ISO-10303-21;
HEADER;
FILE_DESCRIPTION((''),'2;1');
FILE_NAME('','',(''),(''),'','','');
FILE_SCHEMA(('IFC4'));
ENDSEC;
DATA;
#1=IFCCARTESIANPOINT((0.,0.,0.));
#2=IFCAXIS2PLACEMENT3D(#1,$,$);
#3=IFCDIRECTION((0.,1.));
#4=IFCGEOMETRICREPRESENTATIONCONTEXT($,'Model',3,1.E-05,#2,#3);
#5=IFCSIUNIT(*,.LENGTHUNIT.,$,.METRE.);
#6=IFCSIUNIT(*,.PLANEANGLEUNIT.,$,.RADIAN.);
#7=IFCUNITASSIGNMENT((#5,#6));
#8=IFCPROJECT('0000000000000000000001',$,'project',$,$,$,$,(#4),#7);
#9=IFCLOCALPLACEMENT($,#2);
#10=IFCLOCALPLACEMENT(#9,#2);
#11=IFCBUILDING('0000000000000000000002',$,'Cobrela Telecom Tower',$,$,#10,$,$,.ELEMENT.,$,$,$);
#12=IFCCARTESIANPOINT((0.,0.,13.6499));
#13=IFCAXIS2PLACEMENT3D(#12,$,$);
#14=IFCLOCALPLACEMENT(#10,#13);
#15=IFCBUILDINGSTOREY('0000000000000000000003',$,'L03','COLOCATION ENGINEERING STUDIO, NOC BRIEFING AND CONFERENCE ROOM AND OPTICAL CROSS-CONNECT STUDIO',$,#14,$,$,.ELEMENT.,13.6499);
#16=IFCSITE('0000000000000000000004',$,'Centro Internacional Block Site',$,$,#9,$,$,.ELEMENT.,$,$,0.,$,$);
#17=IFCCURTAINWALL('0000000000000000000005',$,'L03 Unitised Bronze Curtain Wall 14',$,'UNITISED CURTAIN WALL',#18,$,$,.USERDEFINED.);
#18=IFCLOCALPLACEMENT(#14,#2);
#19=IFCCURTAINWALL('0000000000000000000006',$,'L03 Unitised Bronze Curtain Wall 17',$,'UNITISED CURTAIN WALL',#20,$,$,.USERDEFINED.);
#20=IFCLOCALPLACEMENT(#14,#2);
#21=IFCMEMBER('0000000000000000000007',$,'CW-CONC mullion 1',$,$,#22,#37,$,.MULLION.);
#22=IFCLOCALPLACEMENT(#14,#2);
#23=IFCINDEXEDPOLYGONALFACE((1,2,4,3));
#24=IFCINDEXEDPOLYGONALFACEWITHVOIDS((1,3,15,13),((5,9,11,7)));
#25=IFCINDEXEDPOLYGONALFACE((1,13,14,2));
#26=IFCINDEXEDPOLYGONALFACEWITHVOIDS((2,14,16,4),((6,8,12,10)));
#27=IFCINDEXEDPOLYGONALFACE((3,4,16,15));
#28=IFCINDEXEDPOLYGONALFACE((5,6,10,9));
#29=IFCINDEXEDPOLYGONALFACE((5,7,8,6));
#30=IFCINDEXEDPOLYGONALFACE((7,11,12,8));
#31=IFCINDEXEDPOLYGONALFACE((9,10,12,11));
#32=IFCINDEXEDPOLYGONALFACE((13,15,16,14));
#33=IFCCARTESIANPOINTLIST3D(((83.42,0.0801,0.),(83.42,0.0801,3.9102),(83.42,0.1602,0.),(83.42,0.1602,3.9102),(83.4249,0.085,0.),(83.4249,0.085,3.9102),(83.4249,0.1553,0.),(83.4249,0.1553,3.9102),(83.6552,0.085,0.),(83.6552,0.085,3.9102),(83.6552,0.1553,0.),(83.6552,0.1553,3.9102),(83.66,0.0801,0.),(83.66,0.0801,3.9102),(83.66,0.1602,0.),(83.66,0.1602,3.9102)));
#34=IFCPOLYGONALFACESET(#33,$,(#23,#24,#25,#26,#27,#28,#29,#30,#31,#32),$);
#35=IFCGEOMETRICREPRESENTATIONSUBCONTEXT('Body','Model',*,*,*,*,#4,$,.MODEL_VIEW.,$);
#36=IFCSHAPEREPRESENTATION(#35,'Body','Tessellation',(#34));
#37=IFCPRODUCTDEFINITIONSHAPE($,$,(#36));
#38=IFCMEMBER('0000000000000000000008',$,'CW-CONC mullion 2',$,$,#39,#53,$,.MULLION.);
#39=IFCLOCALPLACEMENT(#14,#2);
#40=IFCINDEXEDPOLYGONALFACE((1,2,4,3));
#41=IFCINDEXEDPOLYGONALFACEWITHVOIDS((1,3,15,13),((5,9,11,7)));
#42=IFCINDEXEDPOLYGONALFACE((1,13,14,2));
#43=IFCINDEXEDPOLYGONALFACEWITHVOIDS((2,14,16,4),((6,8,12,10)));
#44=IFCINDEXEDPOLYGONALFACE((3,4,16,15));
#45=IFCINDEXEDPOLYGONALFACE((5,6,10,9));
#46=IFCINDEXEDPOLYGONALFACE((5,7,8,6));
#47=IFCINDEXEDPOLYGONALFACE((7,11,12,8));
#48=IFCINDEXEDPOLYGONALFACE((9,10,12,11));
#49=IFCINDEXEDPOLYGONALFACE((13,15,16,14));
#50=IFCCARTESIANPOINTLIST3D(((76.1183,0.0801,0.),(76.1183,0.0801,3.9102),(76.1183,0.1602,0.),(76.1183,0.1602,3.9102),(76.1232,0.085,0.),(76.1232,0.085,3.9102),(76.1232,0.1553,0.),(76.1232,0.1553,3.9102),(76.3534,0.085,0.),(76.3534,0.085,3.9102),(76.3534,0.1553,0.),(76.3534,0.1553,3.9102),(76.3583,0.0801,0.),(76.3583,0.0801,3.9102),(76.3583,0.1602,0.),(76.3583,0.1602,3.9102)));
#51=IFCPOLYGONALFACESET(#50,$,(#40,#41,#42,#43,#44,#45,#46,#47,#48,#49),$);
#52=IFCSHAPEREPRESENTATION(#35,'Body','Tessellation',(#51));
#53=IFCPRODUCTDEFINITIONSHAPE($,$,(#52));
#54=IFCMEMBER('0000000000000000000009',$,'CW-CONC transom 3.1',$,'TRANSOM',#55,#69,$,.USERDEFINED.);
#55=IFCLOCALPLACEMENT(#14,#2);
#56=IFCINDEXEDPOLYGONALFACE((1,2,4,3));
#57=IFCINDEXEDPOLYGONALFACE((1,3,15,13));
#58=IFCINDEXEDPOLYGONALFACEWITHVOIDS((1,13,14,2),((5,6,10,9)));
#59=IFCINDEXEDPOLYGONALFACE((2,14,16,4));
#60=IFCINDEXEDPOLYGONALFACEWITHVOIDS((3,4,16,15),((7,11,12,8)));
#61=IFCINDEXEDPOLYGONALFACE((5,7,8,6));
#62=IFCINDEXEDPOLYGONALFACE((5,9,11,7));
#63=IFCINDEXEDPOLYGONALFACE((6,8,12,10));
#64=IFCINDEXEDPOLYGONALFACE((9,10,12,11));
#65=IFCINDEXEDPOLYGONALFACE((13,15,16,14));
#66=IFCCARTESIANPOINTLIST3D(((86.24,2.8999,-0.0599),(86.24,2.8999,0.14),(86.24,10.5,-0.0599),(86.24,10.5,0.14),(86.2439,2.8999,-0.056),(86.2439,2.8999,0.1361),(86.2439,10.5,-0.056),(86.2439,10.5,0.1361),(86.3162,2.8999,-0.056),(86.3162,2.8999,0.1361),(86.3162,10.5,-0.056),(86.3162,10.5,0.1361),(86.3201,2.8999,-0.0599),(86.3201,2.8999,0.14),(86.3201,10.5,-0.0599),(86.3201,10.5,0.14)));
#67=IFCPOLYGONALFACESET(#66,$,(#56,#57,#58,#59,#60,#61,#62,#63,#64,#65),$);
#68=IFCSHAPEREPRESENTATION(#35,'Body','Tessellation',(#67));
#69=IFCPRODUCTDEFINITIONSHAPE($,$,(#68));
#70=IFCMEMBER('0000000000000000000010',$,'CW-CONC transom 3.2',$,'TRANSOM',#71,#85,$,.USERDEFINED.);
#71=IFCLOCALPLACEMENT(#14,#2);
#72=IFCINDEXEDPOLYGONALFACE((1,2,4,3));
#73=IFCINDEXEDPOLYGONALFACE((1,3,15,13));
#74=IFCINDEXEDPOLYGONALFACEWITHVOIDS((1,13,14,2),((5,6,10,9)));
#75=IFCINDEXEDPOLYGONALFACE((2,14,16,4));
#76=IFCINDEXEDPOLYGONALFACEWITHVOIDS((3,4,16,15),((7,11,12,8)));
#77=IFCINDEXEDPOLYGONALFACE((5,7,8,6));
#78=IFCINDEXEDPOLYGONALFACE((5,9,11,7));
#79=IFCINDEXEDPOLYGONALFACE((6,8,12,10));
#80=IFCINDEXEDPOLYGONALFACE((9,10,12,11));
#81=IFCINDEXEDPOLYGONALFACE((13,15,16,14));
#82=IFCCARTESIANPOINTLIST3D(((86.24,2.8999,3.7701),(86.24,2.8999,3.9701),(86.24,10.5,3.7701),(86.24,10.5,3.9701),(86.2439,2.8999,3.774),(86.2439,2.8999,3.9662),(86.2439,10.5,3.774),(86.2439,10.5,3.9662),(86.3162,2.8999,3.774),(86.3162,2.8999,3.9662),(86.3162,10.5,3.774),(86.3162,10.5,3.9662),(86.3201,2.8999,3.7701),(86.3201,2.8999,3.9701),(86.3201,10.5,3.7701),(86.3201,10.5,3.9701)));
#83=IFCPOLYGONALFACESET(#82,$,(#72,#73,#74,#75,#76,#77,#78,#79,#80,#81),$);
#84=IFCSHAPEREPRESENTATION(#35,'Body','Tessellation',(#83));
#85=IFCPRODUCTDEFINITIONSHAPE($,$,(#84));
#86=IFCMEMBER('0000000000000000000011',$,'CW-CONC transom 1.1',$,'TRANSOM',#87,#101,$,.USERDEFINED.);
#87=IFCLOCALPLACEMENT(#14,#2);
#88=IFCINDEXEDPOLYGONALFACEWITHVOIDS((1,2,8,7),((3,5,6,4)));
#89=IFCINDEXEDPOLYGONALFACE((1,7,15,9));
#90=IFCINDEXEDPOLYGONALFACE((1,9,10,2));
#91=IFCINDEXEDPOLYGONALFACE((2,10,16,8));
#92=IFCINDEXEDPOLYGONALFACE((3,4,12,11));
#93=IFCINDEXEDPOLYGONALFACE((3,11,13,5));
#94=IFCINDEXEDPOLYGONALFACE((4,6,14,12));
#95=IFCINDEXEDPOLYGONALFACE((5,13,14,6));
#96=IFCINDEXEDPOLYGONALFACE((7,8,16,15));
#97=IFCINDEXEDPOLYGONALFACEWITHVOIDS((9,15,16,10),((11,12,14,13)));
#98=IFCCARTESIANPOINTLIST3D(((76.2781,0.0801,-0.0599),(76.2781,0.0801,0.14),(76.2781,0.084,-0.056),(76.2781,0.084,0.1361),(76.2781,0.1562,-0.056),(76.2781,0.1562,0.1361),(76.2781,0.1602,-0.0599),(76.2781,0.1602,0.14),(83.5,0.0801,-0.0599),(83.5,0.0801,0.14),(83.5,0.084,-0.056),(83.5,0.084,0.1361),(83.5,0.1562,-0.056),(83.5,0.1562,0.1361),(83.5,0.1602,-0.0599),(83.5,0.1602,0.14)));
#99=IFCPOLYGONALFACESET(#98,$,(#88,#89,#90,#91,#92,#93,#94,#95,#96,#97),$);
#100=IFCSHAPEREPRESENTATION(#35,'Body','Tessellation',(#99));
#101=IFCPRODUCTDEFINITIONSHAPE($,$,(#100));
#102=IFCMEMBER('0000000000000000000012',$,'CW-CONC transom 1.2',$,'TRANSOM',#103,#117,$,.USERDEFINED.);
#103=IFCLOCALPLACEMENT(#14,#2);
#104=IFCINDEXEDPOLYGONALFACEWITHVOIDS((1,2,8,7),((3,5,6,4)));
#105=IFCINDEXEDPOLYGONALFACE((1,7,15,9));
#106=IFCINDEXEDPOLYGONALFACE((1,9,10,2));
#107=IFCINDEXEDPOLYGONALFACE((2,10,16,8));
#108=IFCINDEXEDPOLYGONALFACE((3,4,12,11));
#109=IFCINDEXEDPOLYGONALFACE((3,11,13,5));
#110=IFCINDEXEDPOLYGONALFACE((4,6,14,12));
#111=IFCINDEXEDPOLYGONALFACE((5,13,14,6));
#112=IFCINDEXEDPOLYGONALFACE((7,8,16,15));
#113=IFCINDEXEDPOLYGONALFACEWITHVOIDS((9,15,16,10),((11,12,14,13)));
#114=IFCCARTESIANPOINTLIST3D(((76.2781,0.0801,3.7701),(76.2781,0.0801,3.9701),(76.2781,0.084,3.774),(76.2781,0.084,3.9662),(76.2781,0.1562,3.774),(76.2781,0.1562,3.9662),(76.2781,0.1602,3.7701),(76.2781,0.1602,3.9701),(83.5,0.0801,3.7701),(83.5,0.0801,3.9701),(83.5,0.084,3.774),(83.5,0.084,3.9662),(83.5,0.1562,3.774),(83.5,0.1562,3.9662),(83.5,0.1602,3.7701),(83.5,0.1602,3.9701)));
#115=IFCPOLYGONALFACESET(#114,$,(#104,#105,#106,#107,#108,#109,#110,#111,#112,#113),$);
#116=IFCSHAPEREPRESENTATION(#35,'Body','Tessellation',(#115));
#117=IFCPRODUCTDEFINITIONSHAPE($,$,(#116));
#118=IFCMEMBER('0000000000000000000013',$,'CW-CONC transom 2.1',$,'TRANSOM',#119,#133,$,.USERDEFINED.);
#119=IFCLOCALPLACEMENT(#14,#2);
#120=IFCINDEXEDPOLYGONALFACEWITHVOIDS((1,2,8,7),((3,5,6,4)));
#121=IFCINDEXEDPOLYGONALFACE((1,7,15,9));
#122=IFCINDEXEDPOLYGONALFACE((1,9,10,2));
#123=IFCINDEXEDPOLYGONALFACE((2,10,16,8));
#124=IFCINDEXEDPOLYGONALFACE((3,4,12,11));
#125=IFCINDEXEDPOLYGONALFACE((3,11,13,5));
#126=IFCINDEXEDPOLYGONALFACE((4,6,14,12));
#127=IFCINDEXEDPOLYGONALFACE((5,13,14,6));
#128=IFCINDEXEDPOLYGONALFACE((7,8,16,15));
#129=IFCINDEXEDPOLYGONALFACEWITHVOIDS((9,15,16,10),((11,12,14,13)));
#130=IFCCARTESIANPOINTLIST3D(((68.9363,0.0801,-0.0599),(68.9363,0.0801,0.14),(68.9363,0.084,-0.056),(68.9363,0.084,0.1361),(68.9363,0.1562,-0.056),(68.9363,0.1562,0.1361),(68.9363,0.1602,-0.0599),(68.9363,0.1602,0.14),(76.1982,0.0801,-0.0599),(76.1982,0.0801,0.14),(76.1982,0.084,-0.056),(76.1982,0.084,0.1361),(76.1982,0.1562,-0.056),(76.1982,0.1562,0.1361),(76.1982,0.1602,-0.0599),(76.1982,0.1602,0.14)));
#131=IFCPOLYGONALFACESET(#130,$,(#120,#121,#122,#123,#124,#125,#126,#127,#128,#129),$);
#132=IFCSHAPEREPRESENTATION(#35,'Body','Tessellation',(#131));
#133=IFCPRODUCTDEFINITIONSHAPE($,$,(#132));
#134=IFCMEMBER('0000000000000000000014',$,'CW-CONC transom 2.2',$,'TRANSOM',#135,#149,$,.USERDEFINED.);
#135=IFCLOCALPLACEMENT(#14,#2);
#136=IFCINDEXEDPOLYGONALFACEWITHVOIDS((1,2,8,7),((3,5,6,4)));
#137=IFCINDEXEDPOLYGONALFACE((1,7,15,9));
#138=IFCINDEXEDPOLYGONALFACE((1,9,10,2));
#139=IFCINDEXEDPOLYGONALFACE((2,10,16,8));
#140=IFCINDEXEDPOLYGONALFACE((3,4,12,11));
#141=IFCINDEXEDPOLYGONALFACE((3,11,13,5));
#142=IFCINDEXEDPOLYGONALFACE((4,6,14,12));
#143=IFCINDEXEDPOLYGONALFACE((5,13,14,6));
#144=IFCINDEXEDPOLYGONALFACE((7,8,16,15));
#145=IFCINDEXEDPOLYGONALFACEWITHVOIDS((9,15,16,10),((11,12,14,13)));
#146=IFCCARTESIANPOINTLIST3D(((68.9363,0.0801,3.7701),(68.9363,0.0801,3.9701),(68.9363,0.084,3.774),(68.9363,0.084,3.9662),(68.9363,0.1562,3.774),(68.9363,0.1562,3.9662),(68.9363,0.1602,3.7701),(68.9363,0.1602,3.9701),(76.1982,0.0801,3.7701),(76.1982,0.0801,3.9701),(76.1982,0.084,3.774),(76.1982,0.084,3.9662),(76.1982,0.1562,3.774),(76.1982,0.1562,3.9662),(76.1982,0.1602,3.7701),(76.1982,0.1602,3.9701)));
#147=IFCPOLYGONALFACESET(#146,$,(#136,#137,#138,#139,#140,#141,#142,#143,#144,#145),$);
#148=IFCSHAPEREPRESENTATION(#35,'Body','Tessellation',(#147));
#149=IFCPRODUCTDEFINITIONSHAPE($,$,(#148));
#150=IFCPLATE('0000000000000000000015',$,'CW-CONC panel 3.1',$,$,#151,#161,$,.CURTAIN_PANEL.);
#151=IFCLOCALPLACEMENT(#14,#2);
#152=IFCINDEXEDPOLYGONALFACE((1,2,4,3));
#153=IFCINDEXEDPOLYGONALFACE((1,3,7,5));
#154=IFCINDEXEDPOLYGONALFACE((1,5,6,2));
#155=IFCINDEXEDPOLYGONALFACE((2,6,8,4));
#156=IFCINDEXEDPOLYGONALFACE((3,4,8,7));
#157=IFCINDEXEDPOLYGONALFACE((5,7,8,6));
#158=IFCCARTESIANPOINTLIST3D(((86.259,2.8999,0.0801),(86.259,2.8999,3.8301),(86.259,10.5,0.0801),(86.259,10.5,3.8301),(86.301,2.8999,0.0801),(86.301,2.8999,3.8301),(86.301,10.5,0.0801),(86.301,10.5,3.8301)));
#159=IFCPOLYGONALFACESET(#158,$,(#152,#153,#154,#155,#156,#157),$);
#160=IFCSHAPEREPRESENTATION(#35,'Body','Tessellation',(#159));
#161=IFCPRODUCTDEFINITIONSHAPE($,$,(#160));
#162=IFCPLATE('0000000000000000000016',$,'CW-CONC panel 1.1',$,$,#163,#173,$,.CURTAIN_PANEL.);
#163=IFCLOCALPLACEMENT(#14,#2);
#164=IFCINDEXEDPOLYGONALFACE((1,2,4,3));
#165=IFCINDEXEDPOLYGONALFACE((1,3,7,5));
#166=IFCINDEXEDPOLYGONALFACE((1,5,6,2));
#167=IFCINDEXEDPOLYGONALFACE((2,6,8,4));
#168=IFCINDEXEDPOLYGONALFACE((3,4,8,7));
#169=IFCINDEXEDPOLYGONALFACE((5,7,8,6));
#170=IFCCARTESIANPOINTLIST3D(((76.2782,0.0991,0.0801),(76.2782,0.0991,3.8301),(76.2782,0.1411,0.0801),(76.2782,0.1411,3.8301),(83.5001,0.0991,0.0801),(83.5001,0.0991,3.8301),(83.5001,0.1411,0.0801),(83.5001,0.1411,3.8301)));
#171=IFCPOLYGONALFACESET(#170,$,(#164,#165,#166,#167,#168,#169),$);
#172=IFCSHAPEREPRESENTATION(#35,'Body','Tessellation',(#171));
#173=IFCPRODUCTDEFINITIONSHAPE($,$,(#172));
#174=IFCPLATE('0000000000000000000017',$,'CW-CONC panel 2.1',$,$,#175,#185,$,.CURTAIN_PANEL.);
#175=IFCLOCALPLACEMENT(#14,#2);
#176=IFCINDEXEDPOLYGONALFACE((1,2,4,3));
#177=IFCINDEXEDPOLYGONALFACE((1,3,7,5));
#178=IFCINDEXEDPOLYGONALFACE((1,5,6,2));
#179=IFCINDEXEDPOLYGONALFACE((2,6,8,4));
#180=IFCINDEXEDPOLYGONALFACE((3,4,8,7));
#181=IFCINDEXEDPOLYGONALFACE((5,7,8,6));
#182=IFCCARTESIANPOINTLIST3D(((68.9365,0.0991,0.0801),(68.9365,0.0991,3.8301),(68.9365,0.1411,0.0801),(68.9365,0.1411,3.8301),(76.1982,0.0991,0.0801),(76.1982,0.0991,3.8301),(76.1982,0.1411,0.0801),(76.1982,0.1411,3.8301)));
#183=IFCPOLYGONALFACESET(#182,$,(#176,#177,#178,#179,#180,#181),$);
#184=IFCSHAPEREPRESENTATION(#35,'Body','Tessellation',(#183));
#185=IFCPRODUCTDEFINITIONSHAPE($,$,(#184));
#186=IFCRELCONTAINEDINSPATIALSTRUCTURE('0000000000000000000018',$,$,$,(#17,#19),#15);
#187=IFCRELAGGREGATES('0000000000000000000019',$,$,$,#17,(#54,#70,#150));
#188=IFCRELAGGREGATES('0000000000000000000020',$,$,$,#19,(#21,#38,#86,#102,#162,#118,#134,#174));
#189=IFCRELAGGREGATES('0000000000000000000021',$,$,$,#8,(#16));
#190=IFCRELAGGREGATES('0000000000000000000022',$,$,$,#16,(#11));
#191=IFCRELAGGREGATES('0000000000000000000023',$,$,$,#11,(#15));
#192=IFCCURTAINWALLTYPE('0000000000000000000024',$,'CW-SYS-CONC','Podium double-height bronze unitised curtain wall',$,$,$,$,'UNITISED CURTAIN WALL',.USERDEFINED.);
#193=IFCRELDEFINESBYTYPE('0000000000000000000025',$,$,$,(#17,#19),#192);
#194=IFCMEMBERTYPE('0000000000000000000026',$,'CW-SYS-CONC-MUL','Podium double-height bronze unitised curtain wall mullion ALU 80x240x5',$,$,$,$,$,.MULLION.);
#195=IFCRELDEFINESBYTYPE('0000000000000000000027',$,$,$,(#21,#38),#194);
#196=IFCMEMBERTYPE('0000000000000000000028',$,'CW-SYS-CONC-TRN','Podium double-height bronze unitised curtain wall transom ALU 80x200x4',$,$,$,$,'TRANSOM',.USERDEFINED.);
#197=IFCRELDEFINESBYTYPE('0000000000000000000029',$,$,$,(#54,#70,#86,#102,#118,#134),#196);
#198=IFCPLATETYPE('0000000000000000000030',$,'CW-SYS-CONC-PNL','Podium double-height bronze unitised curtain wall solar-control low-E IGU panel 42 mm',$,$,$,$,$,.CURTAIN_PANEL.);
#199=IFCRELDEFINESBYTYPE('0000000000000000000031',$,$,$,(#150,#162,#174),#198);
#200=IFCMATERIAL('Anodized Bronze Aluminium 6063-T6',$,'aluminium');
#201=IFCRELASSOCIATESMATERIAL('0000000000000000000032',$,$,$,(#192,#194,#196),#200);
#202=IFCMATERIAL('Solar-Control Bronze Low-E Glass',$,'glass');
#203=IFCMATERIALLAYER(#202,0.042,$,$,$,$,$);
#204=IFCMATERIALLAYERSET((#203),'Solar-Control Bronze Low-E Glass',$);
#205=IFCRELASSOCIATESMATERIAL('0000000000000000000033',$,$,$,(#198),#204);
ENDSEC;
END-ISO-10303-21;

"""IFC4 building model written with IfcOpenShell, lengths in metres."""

from ifc_helpers import new_model, si_unit, direction, frame, origin, origin_2d, place, context, subcontext, project, spatial, rectangle, hollow_rectangle, extrude, material, layer, layer_set, material_profile, profile_set, type_object, element, aggregate, save


model = new_model("IFC4")

# Units and contexts
model_context = context("Model", 3, precision=1e-05, world=origin(), true_north=direction((0.0, 1.0)))
body_context = subcontext(model_context, "Body", "Model", "MODEL_VIEW")
ifc_project = project(units=[si_unit("LENGTHUNIT", "METRE"), si_unit("PLANEANGLEUNIT", "RADIAN")], contexts=[model_context])

# Site, building, storey
site_placement = place(None, origin())
site = spatial("IfcSite", under=ifc_project, at=site_placement, Name="Centro Internacional Block Site", CompositionType="ELEMENT", RefElevation=0.0)
building_placement = place(site_placement, origin())
building = spatial("IfcBuilding", under=site, at=building_placement, Name="Cobrela Telecom Tower", CompositionType="ELEMENT")
storey_placement = place(building_placement, frame((0.0, 0.0, 13.6499)))
storey = spatial("IfcBuildingStorey", under=building, at=storey_placement, Name="L03", Description="COLOCATION ENGINEERING STUDIO, NOC BRIEFING AND CONFERENCE ROOM AND OPTICAL CROSS-CONNECT STUDIO", CompositionType="ELEMENT", Elevation=13.6499)

# Curtain walls, members
ifc_material_1 = material(Name="Anodized Bronze Aluminium 6063-T6", Category="aluminium")
curtain_wall_type = type_object("IfcCurtainWallType", Name="CW-SYS-CONC", Description="Podium double-height bronze unitised curtain wall", ElementType="UNITISED CURTAIN WALL", PredefinedType="USERDEFINED", material=ifc_material_1)
curtain_wall_1_placement = place(storey_placement, origin())
curtain_wall_1 = element("IfcCurtainWall", 1, at=curtain_wall_1_placement, inside=storey, type_object=curtain_wall_type, Name="L03 Unitised Bronze Curtain Wall 14", ObjectType="UNITISED CURTAIN WALL", PredefinedType="USERDEFINED")
ifc_material_profile_1 = material_profile(ifc_material_1, hollow_rectangle(XDim=0.0801, YDim=0.24, WallThickness=0.0049, at=origin_2d()), Name="ALU 80x240x5")
ifc_profile_set_1 = profile_set([ifc_material_profile_1], Name="Anodized Bronze Aluminium 6063-T6")
member_type_1 = type_object("IfcMemberType", Name="CW-SYS-CONC-MUL", Description="Podium double-height bronze unitised curtain wall mullion ALU 80x240x5", PredefinedType="MULLION", material=ifc_profile_set_1)
curtain_wall_2_placement = place(storey_placement, origin())
curtain_wall_2 = element("IfcCurtainWall", 2, at=curtain_wall_2_placement, inside=storey, type_object=curtain_wall_type, Name="L03 Unitised Bronze Curtain Wall 17", ObjectType="UNITISED CURTAIN WALL", PredefinedType="USERDEFINED")
member_1_placement = place(storey_placement, frame((83.54, 0.1201, 0.0), z_axis=(0.0, 0.0, 1.0), x_axis=(0.0, -1.0, 0.0)))
member_1 = element("IfcMember", 3, at=member_1_placement, type_object=member_type_1, Name="CW-CONC mullion 1", PredefinedType="MULLION", context=body_context, shape_type="SweptSolid", body=[
    extrude(hollow_rectangle(XDim=0.0801, YDim=0.24, WallThickness=0.0049, at=origin_2d()), origin(), (0.0, 0.0, 1.0), 3.9102),
])
member_2_placement = place(storey_placement, frame((76.2383, 0.1201, 0.0), z_axis=(0.0, 0.0, 1.0), x_axis=(0.0, -1.0, 0.0)))
member_2 = element("IfcMember", 4, at=member_2_placement, type_object=member_type_1, Name="CW-CONC mullion 2", PredefinedType="MULLION", context=body_context, shape_type="SweptSolid", body=[
    extrude(hollow_rectangle(XDim=0.0801, YDim=0.24, WallThickness=0.0049, at=origin_2d()), origin(), (0.0, 0.0, 1.0), 3.9102),
])

# Members
ifc_material_profile_2 = material_profile(ifc_material_1, hollow_rectangle(XDim=0.0801, YDim=0.2, WallThickness=0.0039, at=origin_2d()), Name="ALU 80x200x4")
ifc_profile_set_2 = profile_set([ifc_material_profile_2], Name="Anodized Bronze Aluminium 6063-T6")
member_type_2 = type_object("IfcMemberType", Name="CW-SYS-CONC-TRN", Description="Podium double-height bronze unitised curtain wall transom ALU 80x200x4", ElementType="TRANSOM", PredefinedType="USERDEFINED", material=ifc_profile_set_2)
member_3_placement = place(storey_placement, frame((86.28, 10.5, 0.04), z_axis=(0.0, -1.0, 0.0), x_axis=(1.0, 0.0, 0.0)))
member_3 = element("IfcMember", 5, at=member_3_placement, type_object=member_type_2, Name="CW-CONC transom 3.1", ObjectType="TRANSOM", PredefinedType="USERDEFINED", context=body_context, shape_type="SweptSolid", body=[
    extrude(hollow_rectangle(XDim=0.0801, YDim=0.2, WallThickness=0.0039, at=origin_2d()), origin(), (0.0, 0.0, 1.0), 7.6001),
])
member_4_placement = place(storey_placement, frame((86.28, 10.5, 3.8701), z_axis=(0.0, -1.0, 0.0), x_axis=(1.0, 0.0, 0.0)))
member_4 = element("IfcMember", 6, at=member_4_placement, type_object=member_type_2, Name="CW-CONC transom 3.2", ObjectType="TRANSOM", PredefinedType="USERDEFINED", context=body_context, shape_type="SweptSolid", body=[
    extrude(hollow_rectangle(XDim=0.0801, YDim=0.2, WallThickness=0.0039, at=origin_2d()), origin(), (0.0, 0.0, 1.0), 7.6001),
])
member_5_placement = place(storey_placement, frame((83.5, 0.1201, 0.04), z_axis=(-1.0, 0.0, 0.0), x_axis=(0.0, -1.0, 0.0)))
member_5 = element("IfcMember", 7, at=member_5_placement, type_object=member_type_2, Name="CW-CONC transom 1.1", ObjectType="TRANSOM", PredefinedType="USERDEFINED", context=body_context, shape_type="SweptSolid", body=[
    extrude(hollow_rectangle(XDim=0.0801, YDim=0.2, WallThickness=0.0039, at=origin_2d()), origin(), (0.0, 0.0, 1.0), 7.2219),
])
member_6_placement = place(storey_placement, frame((83.5, 0.1201, 3.8701), z_axis=(-1.0, 0.0, 0.0), x_axis=(0.0, -1.0, 0.0)))
member_6 = element("IfcMember", 8, at=member_6_placement, type_object=member_type_2, Name="CW-CONC transom 1.2", ObjectType="TRANSOM", PredefinedType="USERDEFINED", context=body_context, shape_type="SweptSolid", body=[
    extrude(hollow_rectangle(XDim=0.0801, YDim=0.2, WallThickness=0.0039, at=origin_2d()), origin(), (0.0, 0.0, 1.0), 7.2219),
])
member_7_placement = place(storey_placement, frame((76.1982, 0.1201, 0.04), z_axis=(-1.0, 0.0, 0.0), x_axis=(0.0, -1.0, 0.0)))
member_7 = element("IfcMember", 9, at=member_7_placement, type_object=member_type_2, Name="CW-CONC transom 2.1", ObjectType="TRANSOM", PredefinedType="USERDEFINED", context=body_context, shape_type="SweptSolid", body=[
    extrude(hollow_rectangle(XDim=0.0801, YDim=0.2, WallThickness=0.0039, at=origin_2d()), origin(), (0.0, 0.0, 1.0), 7.262),
])
member_8_placement = place(storey_placement, frame((76.1982, 0.1201, 3.8701), z_axis=(-1.0, 0.0, 0.0), x_axis=(0.0, -1.0, 0.0)))
member_8 = element("IfcMember", 10, at=member_8_placement, type_object=member_type_2, Name="CW-CONC transom 2.2", ObjectType="TRANSOM", PredefinedType="USERDEFINED", context=body_context, shape_type="SweptSolid", body=[
    extrude(hollow_rectangle(XDim=0.0801, YDim=0.2, WallThickness=0.0039, at=origin_2d()), origin(), (0.0, 0.0, 1.0), 7.262),
])

# Plates
ifc_material_2 = material(Name="Solar-Control Bronze Low-E Glass", Category="glass")
ifc_layer_1 = layer(ifc_material_2, 0.042)
ifc_layer_set_1 = layer_set([ifc_layer_1], Name="Solar-Control Bronze Low-E Glass")
plate_type = type_object("IfcPlateType", Name="CW-SYS-CONC-PNL", Description="Podium double-height bronze unitised curtain wall solar-control low-E IGU panel 42 mm", PredefinedType="CURTAIN_PANEL", material=ifc_layer_set_1)
plate_1_placement = place(storey_placement, frame((86.28, 6.7, 0.0801), z_axis=(0.0, 0.0, 1.0), x_axis=(0.0, -1.0, 0.0)))
plate_1 = element("IfcPlate", 11, at=plate_1_placement, type_object=plate_type, Name="CW-CONC panel 3.1", PredefinedType="CURTAIN_PANEL", context=body_context, shape_type="SweptSolid", body=[
    extrude(rectangle(XDim=7.6001, YDim=0.042, at=origin_2d()), origin(), (0.0, 0.0, 1.0), 3.75),
])
aggregate(curtain_wall_1, [member_3, member_4, plate_1])
plate_2_placement = place(storey_placement, frame((79.8892, 0.1201, 0.0801), z_axis=(0.0, 0.0, 1.0), x_axis=(-1.0, 0.0, 0.0)))
plate_2 = element("IfcPlate", 12, at=plate_2_placement, type_object=plate_type, Name="CW-CONC panel 1.1", PredefinedType="CURTAIN_PANEL", context=body_context, shape_type="SweptSolid", body=[
    extrude(rectangle(XDim=7.2219, YDim=0.042, at=origin_2d()), origin(), (0.0, 0.0, 1.0), 3.75),
])
plate_3_placement = place(storey_placement, frame((72.5674, 0.1201, 0.0801), z_axis=(0.0, 0.0, 1.0), x_axis=(-1.0, 0.0, 0.0)))
plate_3 = element("IfcPlate", 13, at=plate_3_placement, type_object=plate_type, Name="CW-CONC panel 2.1", PredefinedType="CURTAIN_PANEL", context=body_context, shape_type="SweptSolid", body=[
    extrude(rectangle(XDim=7.2617, YDim=0.042, at=origin_2d()), origin(), (0.0, 0.0, 1.0), 3.75),
])
aggregate(curtain_wall_2, [member_1, member_2, member_5, member_6, plate_2, member_7, member_8, plate_3])

save(model, "model.ifc")
